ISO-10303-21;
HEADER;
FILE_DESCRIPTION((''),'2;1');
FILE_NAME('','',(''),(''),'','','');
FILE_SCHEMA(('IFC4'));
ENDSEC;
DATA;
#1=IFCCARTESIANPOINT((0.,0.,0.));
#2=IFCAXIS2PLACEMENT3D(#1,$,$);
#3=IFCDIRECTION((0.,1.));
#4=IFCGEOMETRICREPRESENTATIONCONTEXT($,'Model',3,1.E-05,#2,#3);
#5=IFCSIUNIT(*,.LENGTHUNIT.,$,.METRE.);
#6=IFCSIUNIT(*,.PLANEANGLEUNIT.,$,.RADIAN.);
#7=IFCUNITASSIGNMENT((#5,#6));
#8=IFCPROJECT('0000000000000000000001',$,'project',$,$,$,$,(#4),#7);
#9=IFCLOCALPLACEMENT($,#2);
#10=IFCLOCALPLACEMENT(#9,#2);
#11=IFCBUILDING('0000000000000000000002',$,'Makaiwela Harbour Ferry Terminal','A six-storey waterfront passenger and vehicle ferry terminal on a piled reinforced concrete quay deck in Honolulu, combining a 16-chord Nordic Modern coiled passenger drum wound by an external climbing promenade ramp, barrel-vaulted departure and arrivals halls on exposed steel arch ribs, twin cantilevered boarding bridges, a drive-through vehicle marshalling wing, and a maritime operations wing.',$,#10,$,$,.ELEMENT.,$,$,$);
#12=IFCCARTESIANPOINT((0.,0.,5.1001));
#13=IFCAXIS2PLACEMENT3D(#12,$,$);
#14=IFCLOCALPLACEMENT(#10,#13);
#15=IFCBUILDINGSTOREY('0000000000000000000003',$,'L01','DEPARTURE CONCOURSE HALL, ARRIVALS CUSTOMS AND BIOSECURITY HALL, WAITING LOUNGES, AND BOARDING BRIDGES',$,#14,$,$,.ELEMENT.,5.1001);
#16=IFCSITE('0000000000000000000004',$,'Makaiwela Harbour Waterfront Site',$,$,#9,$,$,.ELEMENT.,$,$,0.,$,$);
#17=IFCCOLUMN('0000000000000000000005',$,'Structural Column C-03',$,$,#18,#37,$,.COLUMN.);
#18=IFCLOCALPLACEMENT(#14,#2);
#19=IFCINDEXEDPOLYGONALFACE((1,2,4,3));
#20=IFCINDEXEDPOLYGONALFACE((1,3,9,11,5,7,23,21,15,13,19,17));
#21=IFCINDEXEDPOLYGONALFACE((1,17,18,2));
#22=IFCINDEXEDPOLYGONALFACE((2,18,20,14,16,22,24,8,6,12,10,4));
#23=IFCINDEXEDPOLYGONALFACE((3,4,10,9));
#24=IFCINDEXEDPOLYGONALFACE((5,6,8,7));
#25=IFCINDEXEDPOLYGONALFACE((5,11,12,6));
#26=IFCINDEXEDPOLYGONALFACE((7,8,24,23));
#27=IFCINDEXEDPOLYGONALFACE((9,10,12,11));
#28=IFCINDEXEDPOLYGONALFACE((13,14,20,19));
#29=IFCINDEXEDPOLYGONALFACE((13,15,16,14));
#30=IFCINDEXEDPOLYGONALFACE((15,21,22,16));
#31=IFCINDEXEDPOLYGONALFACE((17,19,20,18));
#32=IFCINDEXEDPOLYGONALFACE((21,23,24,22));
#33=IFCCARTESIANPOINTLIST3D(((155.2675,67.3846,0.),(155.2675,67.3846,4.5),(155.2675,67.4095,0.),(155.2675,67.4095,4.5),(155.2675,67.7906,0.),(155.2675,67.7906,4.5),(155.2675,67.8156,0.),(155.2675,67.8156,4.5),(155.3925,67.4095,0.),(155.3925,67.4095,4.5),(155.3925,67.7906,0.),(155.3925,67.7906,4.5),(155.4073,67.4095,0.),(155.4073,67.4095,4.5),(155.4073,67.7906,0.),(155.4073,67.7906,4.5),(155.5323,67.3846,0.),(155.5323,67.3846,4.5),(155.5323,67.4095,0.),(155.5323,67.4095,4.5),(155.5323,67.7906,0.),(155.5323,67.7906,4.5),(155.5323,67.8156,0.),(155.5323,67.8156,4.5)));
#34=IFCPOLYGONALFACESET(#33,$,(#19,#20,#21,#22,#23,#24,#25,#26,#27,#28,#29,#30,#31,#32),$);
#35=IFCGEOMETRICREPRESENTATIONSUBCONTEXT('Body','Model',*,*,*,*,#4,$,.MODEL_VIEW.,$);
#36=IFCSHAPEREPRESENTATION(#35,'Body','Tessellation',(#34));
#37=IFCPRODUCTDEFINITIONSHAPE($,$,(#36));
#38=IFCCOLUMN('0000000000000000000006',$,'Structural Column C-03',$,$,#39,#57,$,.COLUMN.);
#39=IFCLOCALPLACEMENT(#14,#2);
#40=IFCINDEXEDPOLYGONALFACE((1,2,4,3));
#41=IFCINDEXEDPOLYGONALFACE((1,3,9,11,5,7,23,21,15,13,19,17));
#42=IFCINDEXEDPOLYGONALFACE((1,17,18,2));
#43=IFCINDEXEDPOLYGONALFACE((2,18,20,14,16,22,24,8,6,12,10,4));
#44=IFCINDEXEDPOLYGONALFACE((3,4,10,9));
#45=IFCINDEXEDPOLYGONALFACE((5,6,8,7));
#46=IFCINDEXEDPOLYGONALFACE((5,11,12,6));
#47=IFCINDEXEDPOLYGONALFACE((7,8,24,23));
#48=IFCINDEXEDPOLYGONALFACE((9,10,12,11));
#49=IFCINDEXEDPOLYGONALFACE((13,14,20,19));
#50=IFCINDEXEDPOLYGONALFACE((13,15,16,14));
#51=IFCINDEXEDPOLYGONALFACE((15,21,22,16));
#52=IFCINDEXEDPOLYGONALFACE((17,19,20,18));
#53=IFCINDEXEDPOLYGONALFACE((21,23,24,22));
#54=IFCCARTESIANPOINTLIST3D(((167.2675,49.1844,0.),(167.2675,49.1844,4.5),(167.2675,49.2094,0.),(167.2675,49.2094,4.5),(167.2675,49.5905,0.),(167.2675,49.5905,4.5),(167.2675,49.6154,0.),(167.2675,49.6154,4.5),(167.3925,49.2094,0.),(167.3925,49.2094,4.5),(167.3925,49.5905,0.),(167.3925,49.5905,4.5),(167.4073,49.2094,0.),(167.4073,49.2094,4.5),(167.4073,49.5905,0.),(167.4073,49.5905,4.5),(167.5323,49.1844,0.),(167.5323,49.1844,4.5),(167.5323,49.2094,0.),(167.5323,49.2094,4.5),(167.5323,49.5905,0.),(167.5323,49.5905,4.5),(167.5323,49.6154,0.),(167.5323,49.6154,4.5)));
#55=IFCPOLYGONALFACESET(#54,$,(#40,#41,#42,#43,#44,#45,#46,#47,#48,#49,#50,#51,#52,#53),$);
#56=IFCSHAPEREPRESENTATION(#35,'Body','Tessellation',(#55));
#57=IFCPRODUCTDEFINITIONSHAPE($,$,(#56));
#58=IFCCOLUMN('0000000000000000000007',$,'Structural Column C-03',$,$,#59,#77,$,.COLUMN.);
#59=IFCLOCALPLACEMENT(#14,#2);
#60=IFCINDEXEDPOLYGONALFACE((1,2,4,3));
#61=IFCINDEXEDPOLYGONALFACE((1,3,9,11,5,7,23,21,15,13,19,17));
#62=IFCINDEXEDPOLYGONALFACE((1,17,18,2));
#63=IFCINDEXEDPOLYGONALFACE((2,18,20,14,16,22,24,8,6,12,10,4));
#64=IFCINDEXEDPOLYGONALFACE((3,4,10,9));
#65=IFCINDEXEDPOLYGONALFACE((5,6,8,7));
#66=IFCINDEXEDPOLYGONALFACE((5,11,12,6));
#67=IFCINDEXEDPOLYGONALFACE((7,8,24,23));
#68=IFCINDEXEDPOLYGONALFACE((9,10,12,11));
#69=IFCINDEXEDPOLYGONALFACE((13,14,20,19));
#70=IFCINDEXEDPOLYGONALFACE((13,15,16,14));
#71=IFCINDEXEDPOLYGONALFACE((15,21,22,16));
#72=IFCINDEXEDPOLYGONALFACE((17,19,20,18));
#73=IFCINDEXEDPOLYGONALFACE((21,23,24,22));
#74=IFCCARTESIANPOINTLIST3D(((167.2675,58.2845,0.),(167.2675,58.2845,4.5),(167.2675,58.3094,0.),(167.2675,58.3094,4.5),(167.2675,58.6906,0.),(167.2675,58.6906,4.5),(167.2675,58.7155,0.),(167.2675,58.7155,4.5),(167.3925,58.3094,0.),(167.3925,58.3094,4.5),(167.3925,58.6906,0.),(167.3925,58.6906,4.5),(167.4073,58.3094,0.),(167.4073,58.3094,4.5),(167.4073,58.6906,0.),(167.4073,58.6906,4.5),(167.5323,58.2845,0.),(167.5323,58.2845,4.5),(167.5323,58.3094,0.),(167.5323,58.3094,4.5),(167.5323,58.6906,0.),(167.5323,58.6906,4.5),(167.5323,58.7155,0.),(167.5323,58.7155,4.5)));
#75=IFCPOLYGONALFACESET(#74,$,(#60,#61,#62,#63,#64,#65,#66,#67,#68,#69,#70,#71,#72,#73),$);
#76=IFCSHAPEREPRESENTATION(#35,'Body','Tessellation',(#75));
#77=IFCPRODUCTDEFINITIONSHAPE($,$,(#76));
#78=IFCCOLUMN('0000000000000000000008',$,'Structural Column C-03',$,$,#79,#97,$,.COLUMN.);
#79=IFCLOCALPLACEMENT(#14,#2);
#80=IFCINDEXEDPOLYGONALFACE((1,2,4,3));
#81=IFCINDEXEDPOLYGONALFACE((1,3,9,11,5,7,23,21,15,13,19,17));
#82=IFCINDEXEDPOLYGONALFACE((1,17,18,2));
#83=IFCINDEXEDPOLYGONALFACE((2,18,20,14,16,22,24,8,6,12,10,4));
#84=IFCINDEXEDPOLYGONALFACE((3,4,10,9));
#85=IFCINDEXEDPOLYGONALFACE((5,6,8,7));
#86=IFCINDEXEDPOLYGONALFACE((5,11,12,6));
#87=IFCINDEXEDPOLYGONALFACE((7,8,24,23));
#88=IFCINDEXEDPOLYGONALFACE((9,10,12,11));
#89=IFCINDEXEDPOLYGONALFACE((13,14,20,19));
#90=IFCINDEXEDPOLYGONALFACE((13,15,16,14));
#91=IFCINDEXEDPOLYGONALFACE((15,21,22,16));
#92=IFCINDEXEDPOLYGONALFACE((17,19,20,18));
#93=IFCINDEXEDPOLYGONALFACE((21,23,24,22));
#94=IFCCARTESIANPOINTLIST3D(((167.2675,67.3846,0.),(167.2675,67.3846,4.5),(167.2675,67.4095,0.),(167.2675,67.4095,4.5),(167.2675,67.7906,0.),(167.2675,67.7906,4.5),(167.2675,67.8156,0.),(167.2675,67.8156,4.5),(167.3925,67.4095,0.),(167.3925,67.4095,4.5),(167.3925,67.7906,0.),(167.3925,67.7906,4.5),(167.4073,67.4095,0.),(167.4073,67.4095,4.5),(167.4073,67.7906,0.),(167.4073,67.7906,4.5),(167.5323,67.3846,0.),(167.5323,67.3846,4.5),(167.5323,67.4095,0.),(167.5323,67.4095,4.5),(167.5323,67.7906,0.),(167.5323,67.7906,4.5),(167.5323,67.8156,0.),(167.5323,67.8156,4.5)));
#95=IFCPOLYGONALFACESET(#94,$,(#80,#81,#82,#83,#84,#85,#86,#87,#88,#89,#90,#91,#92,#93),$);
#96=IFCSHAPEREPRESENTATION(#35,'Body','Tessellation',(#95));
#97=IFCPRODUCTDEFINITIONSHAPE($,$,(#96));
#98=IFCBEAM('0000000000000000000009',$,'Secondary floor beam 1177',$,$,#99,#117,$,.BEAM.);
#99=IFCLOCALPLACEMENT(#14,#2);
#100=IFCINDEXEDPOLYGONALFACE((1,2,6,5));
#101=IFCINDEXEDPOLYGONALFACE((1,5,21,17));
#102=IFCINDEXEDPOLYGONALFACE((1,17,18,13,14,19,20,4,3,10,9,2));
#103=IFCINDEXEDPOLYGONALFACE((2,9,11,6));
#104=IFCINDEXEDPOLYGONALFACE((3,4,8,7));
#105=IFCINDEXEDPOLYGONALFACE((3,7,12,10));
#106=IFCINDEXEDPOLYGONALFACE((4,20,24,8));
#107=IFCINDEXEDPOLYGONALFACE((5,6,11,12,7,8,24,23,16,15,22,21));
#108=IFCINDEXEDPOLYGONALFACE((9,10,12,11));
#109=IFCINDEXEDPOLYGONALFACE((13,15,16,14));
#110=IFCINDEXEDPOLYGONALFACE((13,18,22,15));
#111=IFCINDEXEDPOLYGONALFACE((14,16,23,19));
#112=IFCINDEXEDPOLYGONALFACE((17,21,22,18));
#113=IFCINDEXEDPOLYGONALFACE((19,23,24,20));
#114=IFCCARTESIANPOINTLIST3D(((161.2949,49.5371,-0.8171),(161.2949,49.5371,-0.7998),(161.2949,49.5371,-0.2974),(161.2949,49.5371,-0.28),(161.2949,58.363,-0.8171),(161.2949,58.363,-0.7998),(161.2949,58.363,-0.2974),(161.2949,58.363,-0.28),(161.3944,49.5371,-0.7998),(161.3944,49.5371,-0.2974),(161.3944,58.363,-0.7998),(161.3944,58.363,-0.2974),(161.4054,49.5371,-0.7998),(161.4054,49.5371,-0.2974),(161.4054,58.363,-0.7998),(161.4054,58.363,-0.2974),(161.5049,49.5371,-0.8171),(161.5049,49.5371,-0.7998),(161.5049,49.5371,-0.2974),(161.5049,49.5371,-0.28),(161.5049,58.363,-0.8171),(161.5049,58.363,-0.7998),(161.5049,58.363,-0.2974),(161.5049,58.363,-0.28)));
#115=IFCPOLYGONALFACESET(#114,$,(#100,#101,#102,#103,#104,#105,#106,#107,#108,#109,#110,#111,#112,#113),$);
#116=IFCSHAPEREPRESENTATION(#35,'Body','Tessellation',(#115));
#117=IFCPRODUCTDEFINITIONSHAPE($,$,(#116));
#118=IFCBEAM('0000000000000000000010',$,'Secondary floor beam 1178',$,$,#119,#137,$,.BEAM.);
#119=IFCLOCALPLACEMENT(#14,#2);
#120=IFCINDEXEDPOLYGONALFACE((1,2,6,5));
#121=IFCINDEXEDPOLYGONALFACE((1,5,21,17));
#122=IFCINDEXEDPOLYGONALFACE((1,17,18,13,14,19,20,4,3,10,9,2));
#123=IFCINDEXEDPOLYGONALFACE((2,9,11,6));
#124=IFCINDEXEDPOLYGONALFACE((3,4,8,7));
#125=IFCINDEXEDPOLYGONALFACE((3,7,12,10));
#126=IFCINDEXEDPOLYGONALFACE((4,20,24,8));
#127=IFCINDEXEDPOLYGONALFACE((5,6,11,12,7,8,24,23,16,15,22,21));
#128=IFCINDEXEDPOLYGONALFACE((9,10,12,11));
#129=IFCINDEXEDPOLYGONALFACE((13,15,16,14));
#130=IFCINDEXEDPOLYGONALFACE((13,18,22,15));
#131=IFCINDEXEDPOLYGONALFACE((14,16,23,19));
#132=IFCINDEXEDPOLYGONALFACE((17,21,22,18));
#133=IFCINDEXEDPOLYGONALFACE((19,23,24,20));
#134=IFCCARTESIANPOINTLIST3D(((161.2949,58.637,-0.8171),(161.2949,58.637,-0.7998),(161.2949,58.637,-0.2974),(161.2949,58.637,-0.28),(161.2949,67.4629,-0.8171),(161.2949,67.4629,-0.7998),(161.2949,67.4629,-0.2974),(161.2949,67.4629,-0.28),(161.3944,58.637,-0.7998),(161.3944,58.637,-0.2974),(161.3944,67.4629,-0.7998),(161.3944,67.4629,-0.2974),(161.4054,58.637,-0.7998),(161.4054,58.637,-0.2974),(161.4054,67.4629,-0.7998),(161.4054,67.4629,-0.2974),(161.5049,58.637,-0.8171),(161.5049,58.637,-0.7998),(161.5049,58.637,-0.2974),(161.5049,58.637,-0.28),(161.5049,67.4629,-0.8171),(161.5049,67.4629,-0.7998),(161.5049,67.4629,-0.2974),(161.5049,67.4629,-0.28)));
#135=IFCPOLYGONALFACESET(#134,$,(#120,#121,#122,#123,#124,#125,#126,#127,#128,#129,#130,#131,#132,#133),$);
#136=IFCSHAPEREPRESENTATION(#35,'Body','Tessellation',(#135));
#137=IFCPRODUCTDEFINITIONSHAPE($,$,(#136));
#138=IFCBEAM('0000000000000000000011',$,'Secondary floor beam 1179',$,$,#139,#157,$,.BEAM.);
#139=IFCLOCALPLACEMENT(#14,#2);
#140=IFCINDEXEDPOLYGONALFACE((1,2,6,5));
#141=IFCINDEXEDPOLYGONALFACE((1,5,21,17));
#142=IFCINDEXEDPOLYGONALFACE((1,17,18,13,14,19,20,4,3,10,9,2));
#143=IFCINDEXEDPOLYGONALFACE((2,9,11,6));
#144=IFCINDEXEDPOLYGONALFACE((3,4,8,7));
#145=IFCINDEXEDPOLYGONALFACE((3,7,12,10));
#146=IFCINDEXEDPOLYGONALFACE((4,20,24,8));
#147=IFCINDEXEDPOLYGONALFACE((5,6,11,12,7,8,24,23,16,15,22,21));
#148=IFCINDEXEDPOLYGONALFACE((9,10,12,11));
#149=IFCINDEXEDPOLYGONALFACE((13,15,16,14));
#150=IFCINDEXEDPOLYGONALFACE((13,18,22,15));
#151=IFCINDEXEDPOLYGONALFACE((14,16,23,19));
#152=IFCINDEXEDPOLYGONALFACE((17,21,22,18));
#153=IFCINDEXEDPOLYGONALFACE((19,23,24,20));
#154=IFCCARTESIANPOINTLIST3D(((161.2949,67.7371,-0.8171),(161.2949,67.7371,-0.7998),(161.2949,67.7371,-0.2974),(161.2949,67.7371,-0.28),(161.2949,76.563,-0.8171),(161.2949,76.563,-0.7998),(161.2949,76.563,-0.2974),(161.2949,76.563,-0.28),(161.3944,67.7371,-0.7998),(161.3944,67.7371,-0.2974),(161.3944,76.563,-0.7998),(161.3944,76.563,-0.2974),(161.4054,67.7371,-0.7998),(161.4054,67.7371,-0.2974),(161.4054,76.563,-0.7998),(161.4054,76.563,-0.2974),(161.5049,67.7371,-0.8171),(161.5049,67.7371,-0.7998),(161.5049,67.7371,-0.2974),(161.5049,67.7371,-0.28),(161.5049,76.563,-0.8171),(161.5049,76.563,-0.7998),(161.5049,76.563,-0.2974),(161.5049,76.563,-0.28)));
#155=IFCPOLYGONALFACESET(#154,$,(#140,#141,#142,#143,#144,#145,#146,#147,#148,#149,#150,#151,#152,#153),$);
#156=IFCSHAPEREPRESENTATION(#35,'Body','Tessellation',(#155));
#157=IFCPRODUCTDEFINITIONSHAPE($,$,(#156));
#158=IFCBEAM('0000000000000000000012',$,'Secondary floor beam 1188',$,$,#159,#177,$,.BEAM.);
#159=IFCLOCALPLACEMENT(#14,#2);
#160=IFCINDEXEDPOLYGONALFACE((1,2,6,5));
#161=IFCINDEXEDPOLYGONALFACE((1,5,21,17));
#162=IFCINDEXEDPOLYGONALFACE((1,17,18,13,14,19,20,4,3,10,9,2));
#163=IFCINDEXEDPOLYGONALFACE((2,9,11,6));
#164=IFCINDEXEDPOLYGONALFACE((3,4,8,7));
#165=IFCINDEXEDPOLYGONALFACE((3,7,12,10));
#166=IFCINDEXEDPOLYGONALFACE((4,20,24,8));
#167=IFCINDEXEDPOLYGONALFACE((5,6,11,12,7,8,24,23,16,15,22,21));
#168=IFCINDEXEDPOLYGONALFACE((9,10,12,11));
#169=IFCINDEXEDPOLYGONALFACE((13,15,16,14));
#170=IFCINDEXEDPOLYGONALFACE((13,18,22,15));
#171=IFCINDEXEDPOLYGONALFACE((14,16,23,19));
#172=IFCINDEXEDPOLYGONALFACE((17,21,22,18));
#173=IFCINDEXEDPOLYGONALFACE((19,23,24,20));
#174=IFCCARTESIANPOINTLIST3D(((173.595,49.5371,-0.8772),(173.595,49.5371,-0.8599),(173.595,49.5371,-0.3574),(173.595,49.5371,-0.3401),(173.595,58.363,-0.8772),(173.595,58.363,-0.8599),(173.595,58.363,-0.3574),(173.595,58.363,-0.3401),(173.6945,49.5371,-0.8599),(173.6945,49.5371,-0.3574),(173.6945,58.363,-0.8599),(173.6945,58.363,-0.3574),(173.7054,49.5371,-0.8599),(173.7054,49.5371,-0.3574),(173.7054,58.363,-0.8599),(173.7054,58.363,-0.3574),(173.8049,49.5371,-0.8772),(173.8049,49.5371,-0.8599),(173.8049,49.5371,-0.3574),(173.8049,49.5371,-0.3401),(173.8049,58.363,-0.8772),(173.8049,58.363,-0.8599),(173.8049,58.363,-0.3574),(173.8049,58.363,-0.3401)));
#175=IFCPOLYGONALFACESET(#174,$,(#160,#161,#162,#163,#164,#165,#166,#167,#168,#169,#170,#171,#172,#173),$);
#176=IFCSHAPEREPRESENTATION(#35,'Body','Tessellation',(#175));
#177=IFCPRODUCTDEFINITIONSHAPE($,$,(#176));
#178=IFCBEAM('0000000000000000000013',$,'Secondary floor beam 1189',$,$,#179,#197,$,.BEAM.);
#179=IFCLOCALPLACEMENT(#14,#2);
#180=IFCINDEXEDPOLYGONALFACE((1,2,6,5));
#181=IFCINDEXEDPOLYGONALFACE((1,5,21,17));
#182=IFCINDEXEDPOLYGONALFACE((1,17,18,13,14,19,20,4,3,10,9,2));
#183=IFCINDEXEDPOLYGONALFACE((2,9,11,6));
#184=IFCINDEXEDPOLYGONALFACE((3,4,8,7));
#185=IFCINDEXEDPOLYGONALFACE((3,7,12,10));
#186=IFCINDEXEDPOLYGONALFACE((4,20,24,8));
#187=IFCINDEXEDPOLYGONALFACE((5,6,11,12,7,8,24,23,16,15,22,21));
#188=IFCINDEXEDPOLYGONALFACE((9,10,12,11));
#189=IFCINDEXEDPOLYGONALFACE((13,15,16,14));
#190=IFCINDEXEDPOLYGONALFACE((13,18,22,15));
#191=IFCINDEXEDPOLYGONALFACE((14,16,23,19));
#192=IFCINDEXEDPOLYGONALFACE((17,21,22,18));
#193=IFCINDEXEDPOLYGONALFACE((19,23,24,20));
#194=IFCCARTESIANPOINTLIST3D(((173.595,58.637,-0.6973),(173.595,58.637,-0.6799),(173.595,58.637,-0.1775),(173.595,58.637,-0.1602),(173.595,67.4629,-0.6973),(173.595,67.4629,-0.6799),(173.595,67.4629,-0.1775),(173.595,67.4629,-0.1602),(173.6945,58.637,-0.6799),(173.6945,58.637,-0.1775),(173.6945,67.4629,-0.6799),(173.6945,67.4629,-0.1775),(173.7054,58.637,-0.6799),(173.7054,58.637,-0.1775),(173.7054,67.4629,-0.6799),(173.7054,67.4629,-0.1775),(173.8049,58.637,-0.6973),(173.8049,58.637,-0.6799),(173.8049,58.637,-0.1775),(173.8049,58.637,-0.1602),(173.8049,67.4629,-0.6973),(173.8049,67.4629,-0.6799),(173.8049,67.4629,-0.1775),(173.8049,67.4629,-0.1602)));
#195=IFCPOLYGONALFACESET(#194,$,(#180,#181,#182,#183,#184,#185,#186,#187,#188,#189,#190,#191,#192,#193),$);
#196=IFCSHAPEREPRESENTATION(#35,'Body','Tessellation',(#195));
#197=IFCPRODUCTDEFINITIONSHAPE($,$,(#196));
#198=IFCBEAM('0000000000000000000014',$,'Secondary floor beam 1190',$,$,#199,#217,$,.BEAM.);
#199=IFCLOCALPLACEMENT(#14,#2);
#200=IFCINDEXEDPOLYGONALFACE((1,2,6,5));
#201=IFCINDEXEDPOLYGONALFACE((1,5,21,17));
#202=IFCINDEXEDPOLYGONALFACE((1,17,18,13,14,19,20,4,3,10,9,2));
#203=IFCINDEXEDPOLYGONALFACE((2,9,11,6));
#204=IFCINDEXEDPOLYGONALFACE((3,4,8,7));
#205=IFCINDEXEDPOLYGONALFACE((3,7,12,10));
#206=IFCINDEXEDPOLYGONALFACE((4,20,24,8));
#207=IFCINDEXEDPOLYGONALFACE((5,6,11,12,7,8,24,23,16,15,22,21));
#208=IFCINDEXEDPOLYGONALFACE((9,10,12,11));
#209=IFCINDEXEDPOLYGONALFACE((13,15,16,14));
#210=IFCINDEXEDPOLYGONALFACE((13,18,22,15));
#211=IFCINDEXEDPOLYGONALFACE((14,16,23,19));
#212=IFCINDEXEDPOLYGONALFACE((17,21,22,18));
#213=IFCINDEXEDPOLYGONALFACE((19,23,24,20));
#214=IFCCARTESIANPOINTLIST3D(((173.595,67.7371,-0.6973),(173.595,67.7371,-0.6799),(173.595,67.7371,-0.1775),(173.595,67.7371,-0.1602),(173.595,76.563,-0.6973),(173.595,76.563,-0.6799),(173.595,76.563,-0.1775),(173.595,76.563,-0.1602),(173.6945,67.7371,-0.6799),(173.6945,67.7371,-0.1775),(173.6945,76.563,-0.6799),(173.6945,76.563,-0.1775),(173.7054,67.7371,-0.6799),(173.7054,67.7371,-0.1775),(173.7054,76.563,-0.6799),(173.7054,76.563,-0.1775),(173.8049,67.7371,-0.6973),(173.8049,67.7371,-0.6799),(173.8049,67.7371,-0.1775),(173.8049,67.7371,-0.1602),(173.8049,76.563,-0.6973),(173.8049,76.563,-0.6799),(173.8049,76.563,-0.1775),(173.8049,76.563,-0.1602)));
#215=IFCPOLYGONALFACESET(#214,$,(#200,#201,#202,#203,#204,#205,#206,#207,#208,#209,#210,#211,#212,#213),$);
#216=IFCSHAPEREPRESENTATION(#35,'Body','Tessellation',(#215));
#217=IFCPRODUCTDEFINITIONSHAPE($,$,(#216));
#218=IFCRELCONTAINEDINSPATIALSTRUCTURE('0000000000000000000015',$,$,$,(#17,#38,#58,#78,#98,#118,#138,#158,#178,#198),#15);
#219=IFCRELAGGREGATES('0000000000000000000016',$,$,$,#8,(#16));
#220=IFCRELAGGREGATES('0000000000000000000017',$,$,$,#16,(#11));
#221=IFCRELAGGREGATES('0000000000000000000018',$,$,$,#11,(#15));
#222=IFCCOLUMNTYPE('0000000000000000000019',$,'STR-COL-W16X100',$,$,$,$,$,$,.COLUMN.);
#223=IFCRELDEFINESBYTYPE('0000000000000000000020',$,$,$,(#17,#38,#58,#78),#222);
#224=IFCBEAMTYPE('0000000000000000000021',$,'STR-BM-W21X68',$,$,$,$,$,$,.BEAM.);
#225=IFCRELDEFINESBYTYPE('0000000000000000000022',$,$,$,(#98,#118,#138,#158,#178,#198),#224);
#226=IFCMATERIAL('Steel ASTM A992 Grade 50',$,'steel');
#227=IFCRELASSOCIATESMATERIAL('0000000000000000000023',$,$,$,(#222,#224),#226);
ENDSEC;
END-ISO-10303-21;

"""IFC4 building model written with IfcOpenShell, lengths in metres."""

from ifc_helpers import new_model, si_unit, direction, frame, origin, origin_2d, place, context, subcontext, project, spatial, i_section, extrude, material, material_profile, profile_set, type_object, element, save


model = new_model("IFC4")

# Units and contexts
model_context = context("Model", 3, precision=1e-05, world=origin(), true_north=direction((0.0, 1.0)))
body_context = subcontext(model_context, "Body", "Model", "MODEL_VIEW")
ifc_project = project(units=[si_unit("LENGTHUNIT", "METRE"), si_unit("PLANEANGLEUNIT", "RADIAN")], contexts=[model_context])

# Site, building, storey
site_placement = place(None, origin())
site = spatial("IfcSite", under=ifc_project, at=site_placement, Name="Makaiwela Harbour Waterfront Site", CompositionType="ELEMENT", RefElevation=0.0)
building_placement = place(site_placement, origin())
building = spatial("IfcBuilding", under=site, at=building_placement, Name="Makaiwela Harbour Ferry Terminal", Description="A six-storey waterfront passenger and vehicle ferry terminal on a piled reinforced concrete quay deck in Honolulu, combining a 16-chord Nordic Modern coiled passenger drum wound by an external climbing promenade ramp, barrel-vaulted departure and arrivals halls on exposed steel arch ribs, twin cantilevered boarding bridges, a drive-through vehicle marshalling wing, and a maritime operations wing.", CompositionType="ELEMENT")
storey_placement = place(building_placement, frame((0.0, 0.0, 5.1001)))
storey = spatial("IfcBuildingStorey", under=building, at=storey_placement, Name="L01", Description="DEPARTURE CONCOURSE HALL, ARRIVALS CUSTOMS AND BIOSECURITY HALL, WAITING LOUNGES, AND BOARDING BRIDGES", CompositionType="ELEMENT", Elevation=5.1001)

# Columns
ifc_material_1 = material(Name="Steel ASTM A992 Grade 50", Category="steel")
ifc_material_profile_1 = material_profile(ifc_material_1, i_section(OverallWidth=0.2649, OverallDepth=0.4309, WebThickness=0.0149, FlangeThickness=0.0249, at=origin_2d()), Name="W16X100")
ifc_profile_set_1 = profile_set([ifc_material_profile_1], Name="Steel ASTM A992 Grade 50")
column_type = type_object("IfcColumnType", Name="STR-COL-W16X100", PredefinedType="COLUMN", material=ifc_profile_set_1)
for number, where, z_axis, x_axis, name in (
    (1, (155.3999, 67.6001, 0.0), (0.0, 0.0, 1.0), (1.0, 0.0, 0.0), "Structural Column C-03"),
    (2, (167.3999, 49.3999, 0.0), (0.0, 0.0, 1.0), (1.0, 0.0, 0.0), "Structural Column C-03"),
    (3, (167.3999, 58.5, 0.0), (0.0, 0.0, 1.0), (1.0, 0.0, 0.0), "Structural Column C-03"),
    (4, (167.3999, 67.6001, 0.0), (0.0, 0.0, 1.0), (1.0, 0.0, 0.0), "Structural Column C-03"),
):
    element("IfcColumn", number, at=place(storey_placement, frame(where, z_axis=z_axis, x_axis=x_axis)), inside=storey, type_object=column_type, Name=name, PredefinedType="COLUMN", context=body_context, shape_type="SweptSolid", body=[
        extrude(i_section(OverallWidth=0.2649, OverallDepth=0.4309, WebThickness=0.0149, FlangeThickness=0.0249, at=origin_2d()), origin(), (0.0, 0.0, 1.0), 4.5),
    ])

# Beams
ifc_material_profile_2 = material_profile(ifc_material_1, i_section(OverallWidth=0.21, OverallDepth=0.5371, WebThickness=0.011, FlangeThickness=0.0173, at=origin_2d()), Name="W21X68")
ifc_profile_set_2 = profile_set([ifc_material_profile_2], Name="Steel ASTM A992 Grade 50")
beam_type_1 = type_object("IfcBeamType", Name="STR-BM-W21X68", PredefinedType="BEAM", material=ifc_profile_set_2)
for number, where, z_axis, x_axis, name in (
    (5, (161.3999, 49.5371, -0.5486), (0.0, 1.0, 0.0), (-1.0, 0.0, 0.0), "Secondary floor beam 1177"),
    (6, (161.3999, 58.637, -0.5486), (0.0, 1.0, 0.0), (-1.0, 0.0, 0.0), "Secondary floor beam 1178"),
    (7, (161.3999, 67.7371, -0.5486), (0.0, 1.0, 0.0), (-1.0, 0.0, 0.0), "Secondary floor beam 1179"),
    (8, (173.7, 49.5371, -0.6086), (0.0, 1.0, 0.0), (-1.0, 0.0, 0.0), "Secondary floor beam 1188"),
    (9, (173.7, 58.637, -0.4287), (0.0, 1.0, 0.0), (-1.0, 0.0, 0.0), "Secondary floor beam 1189"),
    (10, (173.7, 67.7371, -0.4287), (0.0, 1.0, 0.0), (-1.0, 0.0, 0.0), "Secondary floor beam 1190"),
):
    element("IfcBeam", number, at=place(storey_placement, frame(where, z_axis=z_axis, x_axis=x_axis)), inside=storey, type_object=beam_type_1, Name=name, PredefinedType="BEAM", context=body_context, shape_type="SweptSolid", body=[
        extrude(i_section(OverallWidth=0.21, OverallDepth=0.5371, WebThickness=0.011, FlangeThickness=0.0173, at=origin_2d()), origin(), (0.0, 0.0, 1.0), 8.8259),
    ])

save(model, "model.ifc")
